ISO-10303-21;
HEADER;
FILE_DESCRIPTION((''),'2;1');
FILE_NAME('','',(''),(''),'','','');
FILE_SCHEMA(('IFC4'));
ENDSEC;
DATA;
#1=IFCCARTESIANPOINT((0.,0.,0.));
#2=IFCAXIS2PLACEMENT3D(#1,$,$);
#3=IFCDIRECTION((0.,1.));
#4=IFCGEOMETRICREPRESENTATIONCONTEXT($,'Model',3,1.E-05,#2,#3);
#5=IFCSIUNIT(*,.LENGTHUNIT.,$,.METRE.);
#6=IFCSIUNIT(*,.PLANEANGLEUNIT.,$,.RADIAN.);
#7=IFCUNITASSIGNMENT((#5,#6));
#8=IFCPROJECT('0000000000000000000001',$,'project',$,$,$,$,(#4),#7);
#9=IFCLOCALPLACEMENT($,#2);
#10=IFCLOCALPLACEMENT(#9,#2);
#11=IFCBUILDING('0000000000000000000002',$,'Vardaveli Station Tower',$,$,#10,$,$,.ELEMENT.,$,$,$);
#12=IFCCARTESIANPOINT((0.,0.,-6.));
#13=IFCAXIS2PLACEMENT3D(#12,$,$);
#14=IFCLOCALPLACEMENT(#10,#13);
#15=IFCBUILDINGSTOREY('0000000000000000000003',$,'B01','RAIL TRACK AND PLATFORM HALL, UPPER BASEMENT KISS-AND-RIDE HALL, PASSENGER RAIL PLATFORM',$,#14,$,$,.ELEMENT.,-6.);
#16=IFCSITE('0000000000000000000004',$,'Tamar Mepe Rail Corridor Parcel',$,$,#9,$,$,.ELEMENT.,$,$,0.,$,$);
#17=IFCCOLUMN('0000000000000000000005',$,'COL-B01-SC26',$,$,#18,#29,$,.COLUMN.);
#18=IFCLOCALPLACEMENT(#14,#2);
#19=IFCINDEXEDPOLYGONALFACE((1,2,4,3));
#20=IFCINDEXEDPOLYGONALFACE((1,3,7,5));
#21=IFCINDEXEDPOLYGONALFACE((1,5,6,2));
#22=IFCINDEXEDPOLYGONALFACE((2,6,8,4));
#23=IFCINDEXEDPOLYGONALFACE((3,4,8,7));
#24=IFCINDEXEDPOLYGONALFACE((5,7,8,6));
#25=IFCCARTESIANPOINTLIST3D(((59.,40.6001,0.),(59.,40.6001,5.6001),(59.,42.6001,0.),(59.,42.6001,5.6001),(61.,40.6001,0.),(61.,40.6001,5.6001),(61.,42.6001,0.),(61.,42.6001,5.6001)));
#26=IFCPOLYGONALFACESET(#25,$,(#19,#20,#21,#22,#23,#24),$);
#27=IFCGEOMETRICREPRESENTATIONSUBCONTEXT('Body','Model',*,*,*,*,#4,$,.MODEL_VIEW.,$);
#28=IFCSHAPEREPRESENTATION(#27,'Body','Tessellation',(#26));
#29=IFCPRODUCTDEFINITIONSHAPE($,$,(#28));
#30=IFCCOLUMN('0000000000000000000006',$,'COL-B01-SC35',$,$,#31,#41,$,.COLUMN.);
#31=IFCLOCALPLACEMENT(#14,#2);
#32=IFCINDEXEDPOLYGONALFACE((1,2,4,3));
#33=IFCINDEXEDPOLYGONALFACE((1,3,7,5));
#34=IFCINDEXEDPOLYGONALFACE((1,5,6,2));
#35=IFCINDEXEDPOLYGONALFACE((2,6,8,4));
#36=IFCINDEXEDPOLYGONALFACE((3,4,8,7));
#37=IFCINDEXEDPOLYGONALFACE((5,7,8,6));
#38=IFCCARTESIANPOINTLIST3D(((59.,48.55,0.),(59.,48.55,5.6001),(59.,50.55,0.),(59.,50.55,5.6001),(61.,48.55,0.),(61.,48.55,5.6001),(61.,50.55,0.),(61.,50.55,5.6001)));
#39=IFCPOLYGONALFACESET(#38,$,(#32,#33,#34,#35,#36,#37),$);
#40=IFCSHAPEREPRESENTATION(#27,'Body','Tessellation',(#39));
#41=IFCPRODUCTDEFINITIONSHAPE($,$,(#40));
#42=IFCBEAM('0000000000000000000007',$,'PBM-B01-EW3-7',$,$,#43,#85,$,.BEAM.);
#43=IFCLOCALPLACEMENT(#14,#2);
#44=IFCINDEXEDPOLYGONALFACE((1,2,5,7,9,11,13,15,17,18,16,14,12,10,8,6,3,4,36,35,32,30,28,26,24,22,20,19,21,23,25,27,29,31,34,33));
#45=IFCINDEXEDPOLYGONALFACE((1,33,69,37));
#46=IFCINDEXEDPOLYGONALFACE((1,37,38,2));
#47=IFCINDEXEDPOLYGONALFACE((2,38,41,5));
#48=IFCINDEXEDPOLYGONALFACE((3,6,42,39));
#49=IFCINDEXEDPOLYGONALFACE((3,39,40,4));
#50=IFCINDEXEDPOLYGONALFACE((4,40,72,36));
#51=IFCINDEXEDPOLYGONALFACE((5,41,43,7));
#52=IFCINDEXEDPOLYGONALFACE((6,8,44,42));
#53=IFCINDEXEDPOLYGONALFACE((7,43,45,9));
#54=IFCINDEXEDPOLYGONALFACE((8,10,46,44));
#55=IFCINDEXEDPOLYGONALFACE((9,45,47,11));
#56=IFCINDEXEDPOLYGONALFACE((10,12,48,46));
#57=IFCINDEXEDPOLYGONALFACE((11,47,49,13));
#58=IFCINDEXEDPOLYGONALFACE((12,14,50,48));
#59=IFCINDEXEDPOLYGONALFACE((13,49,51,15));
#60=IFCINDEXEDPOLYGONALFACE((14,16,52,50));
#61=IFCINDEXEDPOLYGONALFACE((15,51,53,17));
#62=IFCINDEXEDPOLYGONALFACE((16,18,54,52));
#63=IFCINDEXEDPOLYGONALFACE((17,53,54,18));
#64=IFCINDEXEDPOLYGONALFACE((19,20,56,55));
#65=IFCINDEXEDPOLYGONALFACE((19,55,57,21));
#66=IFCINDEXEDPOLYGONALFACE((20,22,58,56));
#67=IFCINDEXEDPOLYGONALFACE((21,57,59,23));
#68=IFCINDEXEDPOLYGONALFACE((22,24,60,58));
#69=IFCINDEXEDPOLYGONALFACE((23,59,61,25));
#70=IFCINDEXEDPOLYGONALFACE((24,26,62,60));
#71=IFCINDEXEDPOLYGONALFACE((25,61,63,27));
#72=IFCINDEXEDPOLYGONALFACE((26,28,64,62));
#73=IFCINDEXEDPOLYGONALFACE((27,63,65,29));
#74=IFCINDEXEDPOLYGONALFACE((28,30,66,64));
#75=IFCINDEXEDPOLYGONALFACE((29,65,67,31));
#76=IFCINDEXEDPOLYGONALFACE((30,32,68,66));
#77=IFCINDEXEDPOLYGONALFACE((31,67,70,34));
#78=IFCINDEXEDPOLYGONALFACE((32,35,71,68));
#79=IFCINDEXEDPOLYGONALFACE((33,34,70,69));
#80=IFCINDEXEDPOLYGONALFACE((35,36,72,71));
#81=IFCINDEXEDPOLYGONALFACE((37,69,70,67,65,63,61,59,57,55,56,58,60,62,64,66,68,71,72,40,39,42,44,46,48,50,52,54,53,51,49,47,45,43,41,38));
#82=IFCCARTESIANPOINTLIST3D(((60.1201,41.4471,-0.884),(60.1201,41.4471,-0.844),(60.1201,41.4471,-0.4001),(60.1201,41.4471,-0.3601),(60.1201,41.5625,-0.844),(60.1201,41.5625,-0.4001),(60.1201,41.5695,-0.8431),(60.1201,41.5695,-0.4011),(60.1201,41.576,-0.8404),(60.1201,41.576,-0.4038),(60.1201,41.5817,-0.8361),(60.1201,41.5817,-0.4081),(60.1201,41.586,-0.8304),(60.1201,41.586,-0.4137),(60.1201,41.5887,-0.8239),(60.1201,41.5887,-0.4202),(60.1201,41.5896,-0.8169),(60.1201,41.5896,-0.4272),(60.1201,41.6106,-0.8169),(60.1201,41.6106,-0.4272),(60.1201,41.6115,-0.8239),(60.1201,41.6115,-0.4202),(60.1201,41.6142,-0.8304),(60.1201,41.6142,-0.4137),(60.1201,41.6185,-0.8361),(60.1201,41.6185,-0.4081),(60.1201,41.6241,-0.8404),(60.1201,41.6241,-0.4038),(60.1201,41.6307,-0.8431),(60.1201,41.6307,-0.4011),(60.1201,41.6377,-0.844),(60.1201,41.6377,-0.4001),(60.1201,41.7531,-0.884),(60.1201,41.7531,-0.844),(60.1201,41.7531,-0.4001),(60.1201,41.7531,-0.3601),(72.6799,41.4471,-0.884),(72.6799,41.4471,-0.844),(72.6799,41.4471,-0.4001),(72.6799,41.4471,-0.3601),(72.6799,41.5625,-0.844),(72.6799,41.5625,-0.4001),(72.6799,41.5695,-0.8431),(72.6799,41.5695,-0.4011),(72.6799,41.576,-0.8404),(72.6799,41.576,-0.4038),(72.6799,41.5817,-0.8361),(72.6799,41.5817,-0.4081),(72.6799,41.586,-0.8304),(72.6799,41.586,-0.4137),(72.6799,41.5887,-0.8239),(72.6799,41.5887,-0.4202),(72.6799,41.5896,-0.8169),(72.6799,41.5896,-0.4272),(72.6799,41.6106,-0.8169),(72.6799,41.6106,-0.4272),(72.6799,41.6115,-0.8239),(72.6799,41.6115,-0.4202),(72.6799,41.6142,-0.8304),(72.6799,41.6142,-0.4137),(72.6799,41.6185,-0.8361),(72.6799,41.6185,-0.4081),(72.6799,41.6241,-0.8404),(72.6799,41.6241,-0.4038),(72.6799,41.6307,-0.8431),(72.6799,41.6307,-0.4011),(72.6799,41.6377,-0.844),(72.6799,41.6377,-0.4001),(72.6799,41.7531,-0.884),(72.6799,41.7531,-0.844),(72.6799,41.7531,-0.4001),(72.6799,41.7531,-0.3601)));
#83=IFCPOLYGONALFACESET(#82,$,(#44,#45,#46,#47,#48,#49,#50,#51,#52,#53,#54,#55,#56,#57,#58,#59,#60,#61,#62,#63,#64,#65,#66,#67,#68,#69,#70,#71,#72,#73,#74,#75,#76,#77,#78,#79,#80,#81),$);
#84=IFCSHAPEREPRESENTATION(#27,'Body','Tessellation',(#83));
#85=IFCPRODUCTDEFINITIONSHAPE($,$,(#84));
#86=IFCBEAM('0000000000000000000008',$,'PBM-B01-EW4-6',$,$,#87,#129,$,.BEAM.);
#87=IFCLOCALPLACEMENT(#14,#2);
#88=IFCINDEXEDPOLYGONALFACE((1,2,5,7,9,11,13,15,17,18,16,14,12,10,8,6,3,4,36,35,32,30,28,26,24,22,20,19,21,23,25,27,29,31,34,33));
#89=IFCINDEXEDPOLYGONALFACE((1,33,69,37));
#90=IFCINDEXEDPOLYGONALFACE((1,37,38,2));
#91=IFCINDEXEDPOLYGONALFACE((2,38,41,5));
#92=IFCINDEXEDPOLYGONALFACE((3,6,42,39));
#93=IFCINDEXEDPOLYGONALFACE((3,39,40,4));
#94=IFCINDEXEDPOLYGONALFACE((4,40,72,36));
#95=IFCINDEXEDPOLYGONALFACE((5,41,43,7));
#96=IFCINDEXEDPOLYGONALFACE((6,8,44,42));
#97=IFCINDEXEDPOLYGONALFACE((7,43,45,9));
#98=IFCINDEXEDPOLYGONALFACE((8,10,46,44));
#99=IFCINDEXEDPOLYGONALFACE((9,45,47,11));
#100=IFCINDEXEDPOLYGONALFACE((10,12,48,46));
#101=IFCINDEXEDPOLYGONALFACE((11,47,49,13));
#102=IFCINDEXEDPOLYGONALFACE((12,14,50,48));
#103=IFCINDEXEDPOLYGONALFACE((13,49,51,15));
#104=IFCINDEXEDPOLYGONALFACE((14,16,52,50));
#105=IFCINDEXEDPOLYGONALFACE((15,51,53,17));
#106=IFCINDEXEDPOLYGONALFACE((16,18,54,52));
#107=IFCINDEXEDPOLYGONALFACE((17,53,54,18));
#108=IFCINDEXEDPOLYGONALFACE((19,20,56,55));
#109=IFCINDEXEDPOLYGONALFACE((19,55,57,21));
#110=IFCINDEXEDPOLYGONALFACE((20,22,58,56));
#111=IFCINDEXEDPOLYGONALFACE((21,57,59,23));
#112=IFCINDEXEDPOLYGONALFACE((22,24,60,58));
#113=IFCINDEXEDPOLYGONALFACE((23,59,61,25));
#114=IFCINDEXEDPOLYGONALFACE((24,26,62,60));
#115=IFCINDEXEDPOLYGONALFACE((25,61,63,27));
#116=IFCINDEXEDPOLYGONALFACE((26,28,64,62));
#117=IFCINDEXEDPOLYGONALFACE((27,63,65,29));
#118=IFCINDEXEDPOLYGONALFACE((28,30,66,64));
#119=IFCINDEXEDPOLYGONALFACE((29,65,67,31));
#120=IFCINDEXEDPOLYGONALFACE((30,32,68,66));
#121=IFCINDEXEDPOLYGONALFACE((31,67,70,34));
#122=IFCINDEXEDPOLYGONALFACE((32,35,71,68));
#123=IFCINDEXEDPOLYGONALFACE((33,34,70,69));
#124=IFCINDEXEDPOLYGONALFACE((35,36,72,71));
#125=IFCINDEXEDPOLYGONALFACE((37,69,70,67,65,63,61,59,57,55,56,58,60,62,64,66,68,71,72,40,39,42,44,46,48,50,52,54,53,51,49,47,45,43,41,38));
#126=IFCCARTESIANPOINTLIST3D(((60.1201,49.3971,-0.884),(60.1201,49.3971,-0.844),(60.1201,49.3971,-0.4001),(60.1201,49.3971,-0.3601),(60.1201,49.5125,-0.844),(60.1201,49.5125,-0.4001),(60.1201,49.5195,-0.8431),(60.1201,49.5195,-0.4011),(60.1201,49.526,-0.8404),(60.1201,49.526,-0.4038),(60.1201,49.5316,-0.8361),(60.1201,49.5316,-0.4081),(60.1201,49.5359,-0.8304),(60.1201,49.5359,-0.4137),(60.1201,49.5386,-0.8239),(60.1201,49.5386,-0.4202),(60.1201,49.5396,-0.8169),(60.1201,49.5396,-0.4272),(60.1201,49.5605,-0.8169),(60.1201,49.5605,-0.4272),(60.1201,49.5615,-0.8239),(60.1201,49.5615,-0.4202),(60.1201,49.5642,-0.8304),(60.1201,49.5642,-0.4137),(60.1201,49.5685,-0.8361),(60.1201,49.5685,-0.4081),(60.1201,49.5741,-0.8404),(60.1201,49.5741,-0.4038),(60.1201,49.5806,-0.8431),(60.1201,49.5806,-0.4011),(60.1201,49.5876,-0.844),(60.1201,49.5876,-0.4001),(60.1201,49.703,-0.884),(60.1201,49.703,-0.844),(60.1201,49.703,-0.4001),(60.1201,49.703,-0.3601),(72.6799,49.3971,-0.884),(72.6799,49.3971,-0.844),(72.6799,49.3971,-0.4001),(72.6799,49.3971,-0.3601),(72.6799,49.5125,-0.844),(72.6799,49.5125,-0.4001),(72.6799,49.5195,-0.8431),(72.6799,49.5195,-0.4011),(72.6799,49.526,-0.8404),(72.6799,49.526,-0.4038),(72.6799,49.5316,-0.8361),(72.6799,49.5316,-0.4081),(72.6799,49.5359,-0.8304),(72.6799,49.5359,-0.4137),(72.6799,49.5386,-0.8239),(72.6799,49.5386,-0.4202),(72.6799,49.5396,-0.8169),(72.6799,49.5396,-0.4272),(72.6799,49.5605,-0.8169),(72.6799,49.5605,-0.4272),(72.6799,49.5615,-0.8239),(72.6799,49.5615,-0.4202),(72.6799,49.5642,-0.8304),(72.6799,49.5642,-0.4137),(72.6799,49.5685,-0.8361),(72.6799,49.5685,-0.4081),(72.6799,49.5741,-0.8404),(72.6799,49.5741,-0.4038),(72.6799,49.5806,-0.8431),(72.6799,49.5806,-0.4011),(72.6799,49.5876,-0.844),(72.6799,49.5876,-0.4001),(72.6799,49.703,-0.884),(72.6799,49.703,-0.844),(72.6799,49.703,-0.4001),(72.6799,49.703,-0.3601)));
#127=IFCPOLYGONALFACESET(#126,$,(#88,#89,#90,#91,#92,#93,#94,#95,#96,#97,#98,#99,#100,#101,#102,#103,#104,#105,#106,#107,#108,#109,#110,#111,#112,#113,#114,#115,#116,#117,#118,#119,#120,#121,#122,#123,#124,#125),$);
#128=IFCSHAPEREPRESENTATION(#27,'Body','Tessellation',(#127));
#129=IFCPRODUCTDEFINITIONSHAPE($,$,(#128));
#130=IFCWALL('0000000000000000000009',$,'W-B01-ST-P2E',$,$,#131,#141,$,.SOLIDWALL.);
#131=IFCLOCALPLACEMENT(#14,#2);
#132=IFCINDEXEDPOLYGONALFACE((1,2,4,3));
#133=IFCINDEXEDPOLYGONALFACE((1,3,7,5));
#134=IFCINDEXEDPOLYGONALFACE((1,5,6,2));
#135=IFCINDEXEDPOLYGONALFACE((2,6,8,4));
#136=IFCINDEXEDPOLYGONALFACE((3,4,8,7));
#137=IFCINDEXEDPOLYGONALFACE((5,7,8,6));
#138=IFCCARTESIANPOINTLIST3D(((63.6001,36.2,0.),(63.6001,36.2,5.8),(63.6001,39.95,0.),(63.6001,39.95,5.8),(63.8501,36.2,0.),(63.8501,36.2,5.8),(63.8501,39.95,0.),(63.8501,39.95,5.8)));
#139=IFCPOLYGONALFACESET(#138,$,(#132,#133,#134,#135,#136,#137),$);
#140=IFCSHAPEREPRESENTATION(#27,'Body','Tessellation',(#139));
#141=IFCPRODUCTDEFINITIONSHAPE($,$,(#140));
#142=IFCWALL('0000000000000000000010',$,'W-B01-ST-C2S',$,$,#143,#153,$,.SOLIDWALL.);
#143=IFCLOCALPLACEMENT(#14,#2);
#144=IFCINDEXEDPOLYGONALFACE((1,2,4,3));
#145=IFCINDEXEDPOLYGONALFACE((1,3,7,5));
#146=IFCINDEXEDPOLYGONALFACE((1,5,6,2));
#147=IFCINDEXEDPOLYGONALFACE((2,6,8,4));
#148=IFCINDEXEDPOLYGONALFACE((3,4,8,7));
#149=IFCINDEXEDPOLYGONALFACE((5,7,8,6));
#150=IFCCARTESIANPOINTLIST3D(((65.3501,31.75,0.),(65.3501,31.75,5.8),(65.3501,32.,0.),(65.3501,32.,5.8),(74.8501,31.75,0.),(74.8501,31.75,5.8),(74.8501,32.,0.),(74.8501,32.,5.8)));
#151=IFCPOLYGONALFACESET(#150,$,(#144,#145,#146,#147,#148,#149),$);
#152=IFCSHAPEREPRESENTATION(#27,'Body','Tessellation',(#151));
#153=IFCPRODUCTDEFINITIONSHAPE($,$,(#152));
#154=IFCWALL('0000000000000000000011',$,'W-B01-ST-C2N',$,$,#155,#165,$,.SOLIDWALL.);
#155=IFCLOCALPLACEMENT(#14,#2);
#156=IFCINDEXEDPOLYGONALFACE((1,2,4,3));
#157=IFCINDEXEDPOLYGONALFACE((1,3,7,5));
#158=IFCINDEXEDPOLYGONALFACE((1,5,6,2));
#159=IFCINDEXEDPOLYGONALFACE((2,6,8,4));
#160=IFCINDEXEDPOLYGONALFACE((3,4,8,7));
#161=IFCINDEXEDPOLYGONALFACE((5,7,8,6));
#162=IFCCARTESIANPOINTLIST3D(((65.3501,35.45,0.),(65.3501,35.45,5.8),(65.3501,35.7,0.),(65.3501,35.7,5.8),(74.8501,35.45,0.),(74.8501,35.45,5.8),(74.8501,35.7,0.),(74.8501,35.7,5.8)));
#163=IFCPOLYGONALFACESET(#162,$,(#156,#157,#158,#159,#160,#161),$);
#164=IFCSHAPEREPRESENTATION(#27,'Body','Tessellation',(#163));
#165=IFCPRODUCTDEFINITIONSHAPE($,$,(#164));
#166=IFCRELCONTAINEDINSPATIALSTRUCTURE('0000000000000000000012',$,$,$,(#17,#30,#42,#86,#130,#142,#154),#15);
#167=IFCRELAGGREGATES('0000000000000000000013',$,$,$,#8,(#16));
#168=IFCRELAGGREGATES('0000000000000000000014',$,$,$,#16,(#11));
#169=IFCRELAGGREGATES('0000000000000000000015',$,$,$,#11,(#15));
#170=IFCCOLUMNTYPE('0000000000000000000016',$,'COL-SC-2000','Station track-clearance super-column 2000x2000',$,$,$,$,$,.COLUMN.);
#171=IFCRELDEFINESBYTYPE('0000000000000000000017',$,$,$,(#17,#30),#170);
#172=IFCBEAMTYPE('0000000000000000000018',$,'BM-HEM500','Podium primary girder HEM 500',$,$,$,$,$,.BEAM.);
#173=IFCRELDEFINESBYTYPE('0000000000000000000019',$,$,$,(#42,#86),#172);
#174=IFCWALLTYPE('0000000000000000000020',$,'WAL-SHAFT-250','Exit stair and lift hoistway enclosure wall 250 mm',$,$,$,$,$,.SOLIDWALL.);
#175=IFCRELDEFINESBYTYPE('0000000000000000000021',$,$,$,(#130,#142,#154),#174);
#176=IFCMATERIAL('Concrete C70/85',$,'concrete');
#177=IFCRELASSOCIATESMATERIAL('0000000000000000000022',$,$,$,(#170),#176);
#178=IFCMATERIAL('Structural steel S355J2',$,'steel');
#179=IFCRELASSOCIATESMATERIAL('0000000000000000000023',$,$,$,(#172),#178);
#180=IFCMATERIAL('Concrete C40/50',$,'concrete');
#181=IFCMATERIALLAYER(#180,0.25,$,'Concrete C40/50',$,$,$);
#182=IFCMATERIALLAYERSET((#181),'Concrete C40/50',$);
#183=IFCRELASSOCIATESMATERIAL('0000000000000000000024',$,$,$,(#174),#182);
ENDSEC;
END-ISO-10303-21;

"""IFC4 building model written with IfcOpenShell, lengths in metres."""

from ifc_helpers import new_model, si_unit, direction, frame, frame_2d, origin, origin_2d, place, context, subcontext, project, spatial, rectangle, i_section, extrude, source, transform, mapped, material, layer, layer_set, material_profile, profile_set, type_object, element, save


model = new_model("IFC4")

# Units and contexts
model_context = context("Model", 3, precision=1e-05, world=origin(), true_north=direction((0.0, 1.0)))
body_context = subcontext(model_context, "Body", "Model", "MODEL_VIEW")
ifc_project = project(units=[si_unit("LENGTHUNIT", "METRE"), si_unit("PLANEANGLEUNIT", "RADIAN")], contexts=[model_context])

# Site, building, storey
site_placement = place(None, origin())
site = spatial("IfcSite", under=ifc_project, at=site_placement, Name="Tamar Mepe Rail Corridor Parcel", CompositionType="ELEMENT", RefElevation=0.0)
building_placement = place(site_placement, origin())
building = spatial("IfcBuilding", under=site, at=building_placement, Name="Vardaveli Station Tower", CompositionType="ELEMENT")
storey_placement = place(building_placement, frame((0.0, 0.0, -6.0)))
storey = spatial("IfcBuildingStorey", under=building, at=storey_placement, Name="B01", Description="RAIL TRACK AND PLATFORM HALL, UPPER BASEMENT KISS-AND-RIDE HALL, PASSENGER RAIL PLATFORM", CompositionType="ELEMENT", Elevation=-6.0)

# Columns
ifc_material_1 = material(Name="Concrete C70/85", Category="concrete")
ifc_material_profile_1 = material_profile(ifc_material_1, rectangle(XDim=2.0, YDim=2.0, at=origin_2d()), Name="SC 2000x2000")
ifc_profile_set_1 = profile_set([ifc_material_profile_1], Name="Concrete C70/85")
column_type = type_object("IfcColumnType", Name="COL-SC-2000", Description="Station track-clearance super-column 2000x2000", PredefinedType="COLUMN", material=ifc_profile_set_1)
shared_shape_1 = source(origin(), body_context, "Body", "SweptSolid", [
    extrude(rectangle(XDim=2.0, YDim=2.0, at=origin_2d()), origin(), (0.0, 0.0, 1.0), 5.6001),
])
for number, where, z_axis, x_axis, name in (
    (1, (60.0, 41.6001, 0.0), (0.0, 0.0, 1.0), (1.0, 0.0, 0.0), "COL-B01-SC26"),
    (2, (60.0, 49.55, 0.0), (0.0, 0.0, 1.0), (1.0, 0.0, 0.0), "COL-B01-SC35"),
):
    element("IfcColumn", number, at=place(storey_placement, frame(where, z_axis=z_axis, x_axis=x_axis)), inside=storey, type_object=column_type, Name=name, PredefinedType="COLUMN", context=body_context, shape_type="MappedRepresentation", body=[
        mapped(shared_shape_1, transform((0.0, 0.0, 0.0), scale=1.0)),
    ])

# Beams
ifc_material_2 = material(Name="Structural steel S355J2", Category="steel")
ifc_material_profile_2 = material_profile(ifc_material_2, i_section(OverallWidth=0.3059, OverallDepth=0.5239, WebThickness=0.021, FlangeThickness=0.04, FilletRadius=0.0271, at=origin_2d()), Name="HEM 500")
ifc_profile_set_2 = profile_set([ifc_material_profile_2], Name="Structural steel S355J2")
beam_type = type_object("IfcBeamType", Name="BM-HEM500", Description="Podium primary girder HEM 500", PredefinedType="BEAM", material=ifc_profile_set_2)
shared_shape_2 = source(origin(), body_context, "Body", "SweptSolid", [
    extrude(i_section(OverallWidth=0.3059, OverallDepth=0.5239, WebThickness=0.021, FlangeThickness=0.04, FilletRadius=0.0271, at=origin_2d()), origin(), (0.0, 0.0, 1.0), 12.5598),
])
for number, where, z_axis, x_axis, name in (
    (3, (60.1201, 41.6001, -0.6221), (1.0, 0.0, 0.0), (0.0, 1.0, 0.0), "PBM-B01-EW3-7"),
    (4, (60.1201, 49.55, -0.6221), (1.0, 0.0, 0.0), (0.0, 1.0, 0.0), "PBM-B01-EW4-6"),
):
    element("IfcBeam", number, at=place(storey_placement, frame(where, z_axis=z_axis, x_axis=x_axis)), inside=storey, type_object=beam_type, Name=name, PredefinedType="BEAM", context=body_context, shape_type="MappedRepresentation", body=[
        mapped(shared_shape_2, transform((0.0, 0.0, 0.0), scale=1.0)),
    ])

# Walls
ifc_material_3 = material(Name="Concrete C40/50", Category="concrete")
ifc_layer = layer(ifc_material_3, 0.25, Name="Concrete C40/50")
ifc_layer_set = layer_set([ifc_layer], Name="Concrete C40/50")
wall_type = type_object("IfcWallType", Name="WAL-SHAFT-250", Description="Exit stair and lift hoistway enclosure wall 250 mm", PredefinedType="SOLIDWALL", material=ifc_layer_set)
shared_shape_3 = source(origin(), body_context, "Body", "SweptSolid", [
    extrude(rectangle(XDim=3.75, YDim=0.25, at=frame_2d((1.875, 0.0))), origin(), (0.0, 0.0, 1.0), 5.8),
])
wall_1_placement = place(storey_placement, frame((63.7251, 36.2, 0.0), z_axis=(0.0, 0.0, 1.0), x_axis=(0.0, 1.0, 0.0)))
element("IfcWall", 5, at=wall_1_placement, inside=storey, type_object=wall_type, Name="W-B01-ST-P2E", PredefinedType="SOLIDWALL", context=body_context, shape_type="MappedRepresentation", body=[
    mapped(shared_shape_3, transform((0.0, 0.0, 0.0), scale=1.0)),
])
shared_shape_4 = source(origin(), body_context, "Body", "SweptSolid", [
    extrude(rectangle(XDim=9.5, YDim=0.25, at=frame_2d((4.75, 0.0))), origin(), (0.0, 0.0, 1.0), 5.8),
])
for number, where, z_axis, x_axis, name in (
    (6, (65.3501, 31.875, 0.0), (0.0, 0.0, 1.0), (1.0, 0.0, 0.0), "W-B01-ST-C2S"),
    (7, (65.3501, 35.575, 0.0), (0.0, 0.0, 1.0), (1.0, 0.0, 0.0), "W-B01-ST-C2N"),
):
    element("IfcWall", number, at=place(storey_placement, frame(where, z_axis=z_axis, x_axis=x_axis)), inside=storey, type_object=wall_type, Name=name, PredefinedType="SOLIDWALL", context=body_context, shape_type="MappedRepresentation", body=[
        mapped(shared_shape_4, transform((0.0, 0.0, 0.0), scale=1.0)),
    ])

save(model, "model.ifc")
